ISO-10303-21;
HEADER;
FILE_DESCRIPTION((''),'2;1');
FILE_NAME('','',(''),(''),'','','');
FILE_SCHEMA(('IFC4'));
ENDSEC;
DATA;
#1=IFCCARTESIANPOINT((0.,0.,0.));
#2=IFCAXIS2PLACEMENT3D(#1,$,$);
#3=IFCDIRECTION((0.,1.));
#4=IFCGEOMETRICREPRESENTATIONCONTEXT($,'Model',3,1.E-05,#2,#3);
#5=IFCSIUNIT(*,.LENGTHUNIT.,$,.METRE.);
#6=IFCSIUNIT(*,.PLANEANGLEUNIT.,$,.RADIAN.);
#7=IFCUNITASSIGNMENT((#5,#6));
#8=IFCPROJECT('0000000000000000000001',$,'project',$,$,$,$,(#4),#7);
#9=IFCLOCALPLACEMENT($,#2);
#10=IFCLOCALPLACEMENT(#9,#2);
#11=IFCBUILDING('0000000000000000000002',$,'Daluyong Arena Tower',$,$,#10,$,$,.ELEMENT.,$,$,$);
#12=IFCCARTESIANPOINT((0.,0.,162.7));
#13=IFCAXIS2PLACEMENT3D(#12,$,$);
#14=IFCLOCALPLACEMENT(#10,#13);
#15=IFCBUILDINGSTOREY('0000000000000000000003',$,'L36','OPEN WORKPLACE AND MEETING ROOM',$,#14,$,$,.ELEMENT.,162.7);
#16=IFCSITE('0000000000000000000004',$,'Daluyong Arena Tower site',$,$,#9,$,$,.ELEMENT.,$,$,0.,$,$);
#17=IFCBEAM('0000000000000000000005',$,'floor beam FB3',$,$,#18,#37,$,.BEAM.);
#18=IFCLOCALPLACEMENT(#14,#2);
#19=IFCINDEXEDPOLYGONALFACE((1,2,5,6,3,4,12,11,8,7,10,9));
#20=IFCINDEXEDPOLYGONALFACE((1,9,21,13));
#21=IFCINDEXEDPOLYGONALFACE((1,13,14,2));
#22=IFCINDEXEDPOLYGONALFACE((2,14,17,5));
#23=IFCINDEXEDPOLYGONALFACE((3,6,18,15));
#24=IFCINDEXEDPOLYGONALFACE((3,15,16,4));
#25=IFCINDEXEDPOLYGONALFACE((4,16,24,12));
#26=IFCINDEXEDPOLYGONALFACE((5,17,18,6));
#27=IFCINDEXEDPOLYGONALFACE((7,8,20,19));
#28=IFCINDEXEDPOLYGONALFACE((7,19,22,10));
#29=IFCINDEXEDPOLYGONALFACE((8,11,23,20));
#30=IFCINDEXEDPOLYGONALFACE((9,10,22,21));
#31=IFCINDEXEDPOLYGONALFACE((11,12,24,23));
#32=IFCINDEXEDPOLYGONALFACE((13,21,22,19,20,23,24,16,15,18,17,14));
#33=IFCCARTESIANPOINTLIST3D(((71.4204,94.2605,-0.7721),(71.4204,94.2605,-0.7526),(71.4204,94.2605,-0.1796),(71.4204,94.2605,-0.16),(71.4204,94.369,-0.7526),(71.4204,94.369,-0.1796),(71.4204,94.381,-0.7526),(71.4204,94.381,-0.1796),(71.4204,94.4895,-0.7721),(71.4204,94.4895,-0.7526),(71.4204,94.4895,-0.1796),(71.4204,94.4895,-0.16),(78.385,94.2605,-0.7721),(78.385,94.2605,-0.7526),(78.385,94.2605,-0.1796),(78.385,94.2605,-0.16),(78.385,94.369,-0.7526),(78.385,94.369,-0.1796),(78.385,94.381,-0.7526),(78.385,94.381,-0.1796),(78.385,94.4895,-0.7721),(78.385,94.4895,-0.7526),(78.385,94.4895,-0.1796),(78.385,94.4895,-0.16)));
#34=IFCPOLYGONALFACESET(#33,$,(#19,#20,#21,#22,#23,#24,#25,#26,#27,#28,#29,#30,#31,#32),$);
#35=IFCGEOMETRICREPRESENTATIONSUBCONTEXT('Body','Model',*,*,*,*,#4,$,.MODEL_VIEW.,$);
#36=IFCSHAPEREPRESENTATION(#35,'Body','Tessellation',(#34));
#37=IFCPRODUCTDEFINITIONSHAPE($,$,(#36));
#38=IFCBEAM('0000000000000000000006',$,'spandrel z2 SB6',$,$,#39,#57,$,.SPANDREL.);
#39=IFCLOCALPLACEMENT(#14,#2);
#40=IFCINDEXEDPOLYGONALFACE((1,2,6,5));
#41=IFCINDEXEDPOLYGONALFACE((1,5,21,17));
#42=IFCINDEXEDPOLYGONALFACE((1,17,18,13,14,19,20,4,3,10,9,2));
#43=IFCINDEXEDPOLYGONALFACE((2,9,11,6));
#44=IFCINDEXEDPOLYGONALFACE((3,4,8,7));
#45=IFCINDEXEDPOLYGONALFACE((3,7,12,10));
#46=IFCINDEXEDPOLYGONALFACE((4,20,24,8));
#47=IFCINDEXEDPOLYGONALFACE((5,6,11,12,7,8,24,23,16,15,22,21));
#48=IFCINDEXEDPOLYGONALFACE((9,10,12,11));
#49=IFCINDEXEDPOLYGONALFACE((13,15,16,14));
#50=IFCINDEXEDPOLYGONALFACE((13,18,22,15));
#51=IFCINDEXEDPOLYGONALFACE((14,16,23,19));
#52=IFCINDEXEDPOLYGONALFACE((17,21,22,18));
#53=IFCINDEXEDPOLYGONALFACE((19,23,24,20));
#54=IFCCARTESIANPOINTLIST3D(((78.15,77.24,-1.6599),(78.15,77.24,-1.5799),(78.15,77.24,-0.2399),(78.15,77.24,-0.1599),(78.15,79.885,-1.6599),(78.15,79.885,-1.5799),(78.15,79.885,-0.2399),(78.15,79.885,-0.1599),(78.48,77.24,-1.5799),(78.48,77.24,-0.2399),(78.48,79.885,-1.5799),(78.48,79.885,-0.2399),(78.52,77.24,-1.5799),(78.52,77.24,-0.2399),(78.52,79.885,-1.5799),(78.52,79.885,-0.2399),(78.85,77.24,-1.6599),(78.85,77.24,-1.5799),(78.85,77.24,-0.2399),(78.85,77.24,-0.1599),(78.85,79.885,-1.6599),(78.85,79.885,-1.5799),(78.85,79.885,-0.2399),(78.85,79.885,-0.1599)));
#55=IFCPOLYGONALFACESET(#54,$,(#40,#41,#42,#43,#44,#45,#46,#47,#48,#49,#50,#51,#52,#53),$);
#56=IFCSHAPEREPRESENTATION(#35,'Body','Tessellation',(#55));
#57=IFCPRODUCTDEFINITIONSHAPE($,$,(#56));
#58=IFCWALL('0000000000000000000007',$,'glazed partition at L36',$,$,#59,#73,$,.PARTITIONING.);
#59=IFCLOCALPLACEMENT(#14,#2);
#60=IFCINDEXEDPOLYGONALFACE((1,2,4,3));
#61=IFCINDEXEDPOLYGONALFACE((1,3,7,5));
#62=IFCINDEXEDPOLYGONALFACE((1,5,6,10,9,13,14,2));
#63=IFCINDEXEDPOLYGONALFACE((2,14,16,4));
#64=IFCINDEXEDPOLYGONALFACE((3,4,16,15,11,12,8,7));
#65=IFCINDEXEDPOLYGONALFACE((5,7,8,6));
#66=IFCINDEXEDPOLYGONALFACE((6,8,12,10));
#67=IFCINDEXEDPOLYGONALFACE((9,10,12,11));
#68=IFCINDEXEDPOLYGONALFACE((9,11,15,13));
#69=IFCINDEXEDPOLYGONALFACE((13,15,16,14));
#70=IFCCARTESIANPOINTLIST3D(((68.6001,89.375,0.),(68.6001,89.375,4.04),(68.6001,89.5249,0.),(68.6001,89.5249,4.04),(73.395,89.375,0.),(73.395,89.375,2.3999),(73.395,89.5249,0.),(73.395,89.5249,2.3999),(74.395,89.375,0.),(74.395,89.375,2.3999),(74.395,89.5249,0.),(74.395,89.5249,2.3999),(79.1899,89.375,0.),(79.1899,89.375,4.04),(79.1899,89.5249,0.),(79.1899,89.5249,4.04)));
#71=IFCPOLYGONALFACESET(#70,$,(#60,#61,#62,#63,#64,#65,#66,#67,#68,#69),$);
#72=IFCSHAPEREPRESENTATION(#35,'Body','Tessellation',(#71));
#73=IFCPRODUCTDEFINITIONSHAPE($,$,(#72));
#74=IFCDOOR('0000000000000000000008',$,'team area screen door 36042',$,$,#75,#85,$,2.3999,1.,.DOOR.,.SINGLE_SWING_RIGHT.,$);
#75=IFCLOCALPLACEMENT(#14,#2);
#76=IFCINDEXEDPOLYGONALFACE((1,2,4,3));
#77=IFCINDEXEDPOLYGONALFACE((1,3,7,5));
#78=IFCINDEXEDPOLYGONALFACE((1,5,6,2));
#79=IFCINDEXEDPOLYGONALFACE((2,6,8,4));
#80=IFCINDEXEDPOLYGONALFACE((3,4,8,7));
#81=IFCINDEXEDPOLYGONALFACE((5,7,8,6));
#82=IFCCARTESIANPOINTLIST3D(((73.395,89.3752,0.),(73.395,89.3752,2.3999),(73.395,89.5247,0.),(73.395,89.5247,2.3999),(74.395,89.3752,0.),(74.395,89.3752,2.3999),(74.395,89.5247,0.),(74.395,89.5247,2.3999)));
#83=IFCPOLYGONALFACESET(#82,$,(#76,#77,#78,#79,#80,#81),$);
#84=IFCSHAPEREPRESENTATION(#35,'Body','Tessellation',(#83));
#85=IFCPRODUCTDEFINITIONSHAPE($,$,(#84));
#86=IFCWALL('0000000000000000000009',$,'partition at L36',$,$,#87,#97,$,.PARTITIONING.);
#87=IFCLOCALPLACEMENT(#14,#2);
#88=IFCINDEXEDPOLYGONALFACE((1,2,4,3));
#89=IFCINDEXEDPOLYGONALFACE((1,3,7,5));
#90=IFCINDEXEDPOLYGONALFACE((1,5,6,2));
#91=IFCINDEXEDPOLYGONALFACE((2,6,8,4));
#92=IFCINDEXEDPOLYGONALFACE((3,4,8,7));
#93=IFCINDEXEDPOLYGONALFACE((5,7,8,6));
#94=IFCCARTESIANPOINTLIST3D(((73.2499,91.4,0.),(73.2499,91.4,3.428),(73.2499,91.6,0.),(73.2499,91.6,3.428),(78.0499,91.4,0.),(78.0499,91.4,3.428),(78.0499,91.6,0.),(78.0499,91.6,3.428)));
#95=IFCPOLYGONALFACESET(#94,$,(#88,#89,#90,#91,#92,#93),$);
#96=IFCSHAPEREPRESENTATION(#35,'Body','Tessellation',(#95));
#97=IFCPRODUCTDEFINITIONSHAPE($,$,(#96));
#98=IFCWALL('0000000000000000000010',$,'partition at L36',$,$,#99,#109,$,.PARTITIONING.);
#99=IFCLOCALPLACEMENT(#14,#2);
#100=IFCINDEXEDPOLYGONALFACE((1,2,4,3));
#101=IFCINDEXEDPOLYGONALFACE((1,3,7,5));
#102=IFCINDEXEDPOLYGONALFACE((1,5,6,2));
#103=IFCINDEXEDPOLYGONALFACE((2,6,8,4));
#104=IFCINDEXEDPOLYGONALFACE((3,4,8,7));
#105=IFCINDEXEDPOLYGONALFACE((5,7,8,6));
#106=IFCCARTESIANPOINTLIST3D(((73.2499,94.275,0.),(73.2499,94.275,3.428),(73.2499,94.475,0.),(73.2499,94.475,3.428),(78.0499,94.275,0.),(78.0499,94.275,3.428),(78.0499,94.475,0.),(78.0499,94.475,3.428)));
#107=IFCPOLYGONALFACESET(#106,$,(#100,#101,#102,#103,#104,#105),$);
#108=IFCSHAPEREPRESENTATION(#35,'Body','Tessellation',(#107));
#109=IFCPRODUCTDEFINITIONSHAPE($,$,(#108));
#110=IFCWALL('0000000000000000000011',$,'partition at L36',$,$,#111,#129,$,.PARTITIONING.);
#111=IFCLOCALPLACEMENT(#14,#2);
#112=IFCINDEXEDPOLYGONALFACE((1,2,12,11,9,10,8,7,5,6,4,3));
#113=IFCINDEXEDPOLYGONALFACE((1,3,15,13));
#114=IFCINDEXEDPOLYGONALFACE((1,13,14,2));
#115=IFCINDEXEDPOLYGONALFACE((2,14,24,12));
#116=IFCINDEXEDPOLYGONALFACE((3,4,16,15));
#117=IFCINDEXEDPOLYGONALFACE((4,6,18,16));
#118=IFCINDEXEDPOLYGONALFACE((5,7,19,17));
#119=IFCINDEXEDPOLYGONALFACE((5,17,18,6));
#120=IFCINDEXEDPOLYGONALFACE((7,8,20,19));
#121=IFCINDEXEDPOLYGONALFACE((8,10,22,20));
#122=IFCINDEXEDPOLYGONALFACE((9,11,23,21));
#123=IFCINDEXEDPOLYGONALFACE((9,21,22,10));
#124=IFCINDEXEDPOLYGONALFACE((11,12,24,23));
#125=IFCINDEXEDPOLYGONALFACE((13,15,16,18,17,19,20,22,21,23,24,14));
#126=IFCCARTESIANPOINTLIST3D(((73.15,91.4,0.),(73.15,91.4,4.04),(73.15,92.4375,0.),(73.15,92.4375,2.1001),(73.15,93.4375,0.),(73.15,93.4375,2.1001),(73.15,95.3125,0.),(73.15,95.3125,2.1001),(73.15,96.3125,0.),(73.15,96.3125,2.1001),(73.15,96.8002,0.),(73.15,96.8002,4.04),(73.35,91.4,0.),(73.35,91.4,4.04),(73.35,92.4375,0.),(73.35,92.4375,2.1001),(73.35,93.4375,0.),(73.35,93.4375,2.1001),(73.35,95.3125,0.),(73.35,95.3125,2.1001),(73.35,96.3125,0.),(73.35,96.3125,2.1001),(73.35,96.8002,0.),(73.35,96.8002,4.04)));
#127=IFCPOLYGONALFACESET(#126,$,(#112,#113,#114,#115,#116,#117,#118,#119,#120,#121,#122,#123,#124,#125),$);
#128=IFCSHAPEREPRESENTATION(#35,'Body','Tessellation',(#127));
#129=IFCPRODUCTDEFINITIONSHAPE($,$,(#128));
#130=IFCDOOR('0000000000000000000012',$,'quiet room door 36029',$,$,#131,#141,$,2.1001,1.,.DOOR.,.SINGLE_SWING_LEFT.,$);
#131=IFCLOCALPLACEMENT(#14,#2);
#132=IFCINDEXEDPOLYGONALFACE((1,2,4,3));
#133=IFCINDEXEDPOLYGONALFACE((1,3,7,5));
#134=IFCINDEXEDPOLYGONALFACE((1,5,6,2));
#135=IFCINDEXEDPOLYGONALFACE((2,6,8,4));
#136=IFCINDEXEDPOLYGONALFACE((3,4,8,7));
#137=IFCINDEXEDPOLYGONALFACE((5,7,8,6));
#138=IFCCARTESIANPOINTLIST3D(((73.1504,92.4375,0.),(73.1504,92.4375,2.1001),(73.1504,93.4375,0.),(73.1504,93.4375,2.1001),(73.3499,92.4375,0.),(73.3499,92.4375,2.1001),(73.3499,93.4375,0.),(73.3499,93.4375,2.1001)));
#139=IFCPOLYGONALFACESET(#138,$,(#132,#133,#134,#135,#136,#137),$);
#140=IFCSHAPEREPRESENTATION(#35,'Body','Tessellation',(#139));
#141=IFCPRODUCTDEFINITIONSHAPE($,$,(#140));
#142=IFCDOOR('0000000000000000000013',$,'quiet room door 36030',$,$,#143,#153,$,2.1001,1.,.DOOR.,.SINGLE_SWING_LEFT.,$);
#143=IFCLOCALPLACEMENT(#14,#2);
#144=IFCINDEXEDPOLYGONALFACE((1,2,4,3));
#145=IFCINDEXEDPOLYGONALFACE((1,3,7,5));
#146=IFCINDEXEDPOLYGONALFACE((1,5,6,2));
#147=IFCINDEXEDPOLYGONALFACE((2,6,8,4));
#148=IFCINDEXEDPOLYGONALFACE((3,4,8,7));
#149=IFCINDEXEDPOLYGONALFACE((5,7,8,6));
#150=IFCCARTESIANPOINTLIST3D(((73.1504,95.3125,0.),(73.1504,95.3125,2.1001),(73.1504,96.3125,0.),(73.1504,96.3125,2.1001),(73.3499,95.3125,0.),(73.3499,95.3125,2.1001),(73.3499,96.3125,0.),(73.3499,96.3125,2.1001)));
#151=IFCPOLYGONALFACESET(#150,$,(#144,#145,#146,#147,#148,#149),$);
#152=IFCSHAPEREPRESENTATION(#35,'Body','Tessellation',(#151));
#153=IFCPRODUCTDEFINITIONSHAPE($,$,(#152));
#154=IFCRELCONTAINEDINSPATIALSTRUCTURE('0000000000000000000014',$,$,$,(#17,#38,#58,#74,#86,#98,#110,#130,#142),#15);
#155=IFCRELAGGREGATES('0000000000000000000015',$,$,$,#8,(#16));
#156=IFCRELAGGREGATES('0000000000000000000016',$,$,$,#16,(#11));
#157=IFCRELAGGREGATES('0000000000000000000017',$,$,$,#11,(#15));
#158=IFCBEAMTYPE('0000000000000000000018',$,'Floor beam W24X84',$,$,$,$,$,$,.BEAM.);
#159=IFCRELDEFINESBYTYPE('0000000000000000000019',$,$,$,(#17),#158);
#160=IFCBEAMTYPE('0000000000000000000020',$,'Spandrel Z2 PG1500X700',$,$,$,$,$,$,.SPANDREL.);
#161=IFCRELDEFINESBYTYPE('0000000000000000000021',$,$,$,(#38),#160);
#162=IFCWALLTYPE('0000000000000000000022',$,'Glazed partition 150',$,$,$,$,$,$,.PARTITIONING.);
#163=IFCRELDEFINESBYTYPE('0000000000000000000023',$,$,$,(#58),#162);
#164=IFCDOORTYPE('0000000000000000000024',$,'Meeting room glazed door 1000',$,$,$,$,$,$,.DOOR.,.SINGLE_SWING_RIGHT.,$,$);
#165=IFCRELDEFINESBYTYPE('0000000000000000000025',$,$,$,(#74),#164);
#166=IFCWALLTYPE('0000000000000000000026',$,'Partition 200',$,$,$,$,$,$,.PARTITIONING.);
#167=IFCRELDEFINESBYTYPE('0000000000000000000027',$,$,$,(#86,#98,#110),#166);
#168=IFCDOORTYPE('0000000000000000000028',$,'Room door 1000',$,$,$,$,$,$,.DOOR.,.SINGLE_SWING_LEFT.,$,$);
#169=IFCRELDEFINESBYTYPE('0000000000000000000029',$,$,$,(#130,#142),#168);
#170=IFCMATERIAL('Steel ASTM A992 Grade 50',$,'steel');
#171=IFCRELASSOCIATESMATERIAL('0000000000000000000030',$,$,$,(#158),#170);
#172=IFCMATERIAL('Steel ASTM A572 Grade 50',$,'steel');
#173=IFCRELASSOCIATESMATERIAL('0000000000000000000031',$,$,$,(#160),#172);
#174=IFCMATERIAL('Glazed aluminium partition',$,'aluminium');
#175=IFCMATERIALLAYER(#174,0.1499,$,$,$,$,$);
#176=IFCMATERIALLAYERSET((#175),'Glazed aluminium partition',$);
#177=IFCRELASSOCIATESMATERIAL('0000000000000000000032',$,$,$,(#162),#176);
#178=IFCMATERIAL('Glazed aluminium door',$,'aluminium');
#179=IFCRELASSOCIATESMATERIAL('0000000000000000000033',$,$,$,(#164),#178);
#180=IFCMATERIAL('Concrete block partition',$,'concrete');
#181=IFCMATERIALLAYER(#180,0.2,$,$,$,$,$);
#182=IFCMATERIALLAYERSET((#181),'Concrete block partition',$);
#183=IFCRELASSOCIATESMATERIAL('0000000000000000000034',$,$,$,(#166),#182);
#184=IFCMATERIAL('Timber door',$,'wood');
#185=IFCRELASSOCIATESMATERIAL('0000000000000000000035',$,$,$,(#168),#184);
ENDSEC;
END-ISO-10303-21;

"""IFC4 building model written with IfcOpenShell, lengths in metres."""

from ifc_helpers import new_model, si_unit, direction, frame, frame_2d, origin, origin_2d, place, context, subcontext, project, spatial, rectangle, i_section, extrude, material, layer, layer_set, material_profile, profile_set, type_object, element, fill, save


model = new_model("IFC4")

# Units and contexts
model_context = context("Model", 3, precision=1e-05, world=origin(), true_north=direction((0.0, 1.0)))
body_context = subcontext(model_context, "Body", "Model", "MODEL_VIEW")
ifc_project = project(units=[si_unit("LENGTHUNIT", "METRE"), si_unit("PLANEANGLEUNIT", "RADIAN")], contexts=[model_context])

# Site, building, storey
site_placement = place(None, origin())
site = spatial("IfcSite", under=ifc_project, at=site_placement, Name="Daluyong Arena Tower site", CompositionType="ELEMENT", RefElevation=0.0)
building_placement = place(site_placement, origin())
building = spatial("IfcBuilding", under=site, at=building_placement, Name="Daluyong Arena Tower", CompositionType="ELEMENT")
storey_placement = place(building_placement, frame((0.0, 0.0, 162.7)))
storey = spatial("IfcBuildingStorey", under=building, at=storey_placement, Name="L36", Description="OPEN WORKPLACE AND MEETING ROOM", CompositionType="ELEMENT", Elevation=162.7)

# Beams
ifc_material_1 = material(Name="Steel ASTM A992 Grade 50", Category="steel")
ifc_material_profile_1 = material_profile(ifc_material_1, i_section(OverallWidth=0.229, OverallDepth=0.6121, WebThickness=0.012, FlangeThickness=0.0195, at=origin_2d()))
ifc_profile_set_1 = profile_set([ifc_material_profile_1], Name="Steel ASTM A992 Grade 50")
beam_type_1 = type_object("IfcBeamType", Name="Floor beam W24X84", PredefinedType="BEAM", material=ifc_profile_set_1)
beam_1_placement = place(storey_placement, frame((78.385, 94.375, -0.4661), z_axis=(-1.0, 0.0, 0.0), x_axis=(0.0, -1.0, 0.0)))
element("IfcBeam", 1, at=beam_1_placement, inside=storey, type_object=beam_type_1, Name="floor beam FB3", PredefinedType="BEAM", context=body_context, shape_type="SweptSolid", body=[
    extrude(i_section(OverallWidth=0.229, OverallDepth=0.6121, WebThickness=0.012, FlangeThickness=0.0195, at=origin_2d()), origin(), (0.0, 0.0, 1.0), 6.9646),
])
ifc_material_2 = material(Name="Steel ASTM A572 Grade 50", Category="steel")
ifc_material_profile_2 = material_profile(ifc_material_2, i_section(OverallWidth=0.7, OverallDepth=1.5, WebThickness=0.04, FlangeThickness=0.08, at=origin_2d()))
ifc_profile_set_2 = profile_set([ifc_material_profile_2], Name="Steel ASTM A572 Grade 50")
beam_type_2 = type_object("IfcBeamType", Name="Spandrel Z2 PG1500X700", PredefinedType="SPANDREL", material=ifc_profile_set_2)
beam_2_placement = place(storey_placement, frame((78.5, 77.24, -0.9099), z_axis=(0.0, 1.0, 0.0), x_axis=(-1.0, 0.0, 0.0)))
element("IfcBeam", 2, at=beam_2_placement, inside=storey, type_object=beam_type_2, Name="spandrel z2 SB6", PredefinedType="SPANDREL", context=body_context, shape_type="SweptSolid", body=[
    extrude(i_section(OverallWidth=0.7, OverallDepth=1.5, WebThickness=0.04, FlangeThickness=0.08, at=origin_2d()), origin(), (0.0, 0.0, 1.0), 2.645),
])

# Wall, opening, door
ifc_material_3 = material(Name="Glazed aluminium partition", Category="aluminium")
ifc_layer_1 = layer(ifc_material_3, 0.1499)
ifc_layer_set_1 = layer_set([ifc_layer_1], Name="Glazed aluminium partition")
wall_type_1 = type_object("IfcWallType", Name="Glazed partition 150", PredefinedType="PARTITIONING", material=ifc_layer_set_1)
wall_1_placement = place(storey_placement, frame((68.6001, 89.45, 0.0), z_axis=(0.0, 0.0, 1.0), x_axis=(1.0, 0.0, 0.0)))
wall_1 = element("IfcWall", 3, at=wall_1_placement, inside=storey, type_object=wall_type_1, Name="glazed partition at L36", PredefinedType="PARTITIONING", context=body_context, shape_type="SweptSolid", body=[
    extrude(rectangle(XDim=10.5898, YDim=0.1499, at=frame_2d((5.2949, 0.0))), origin(), (0.0, 0.0, 1.0), 4.04),
])
opening_1_placement = place(wall_1_placement, frame((4.7949, 0.0, 0.0)))
opening_1 = element("IfcOpeningElement", 4, at=opening_1_placement, cuts=wall_1, PredefinedType="OPENING", context=body_context, shape_type="SweptSolid", body=[
    extrude(rectangle(XDim=1.0, YDim=2.3999, at=frame_2d((0.5, 1.2))), frame((0.0, 0.085, 0.0), z_axis=(0.0, -1.0, 0.0), x_axis=(1.0, 0.0, 0.0)), (0.0, 0.0, 1.0), 0.1699),
])
ifc_material_4 = material(Name="Glazed aluminium door", Category="aluminium")
door_type_1 = type_object("IfcDoorType", Name="Meeting room glazed door 1000", OperationType="SINGLE_SWING_RIGHT", PredefinedType="DOOR", material=ifc_material_4)
door_1_placement = place(opening_1_placement, origin())
door_1 = element("IfcDoor", 5, at=door_1_placement, inside=storey, type_object=door_type_1, Name="team area screen door 36042", OperationType="SINGLE_SWING_RIGHT", OverallHeight=2.3999, OverallWidth=1.0, PredefinedType="DOOR", context=body_context, shape_type="SweptSolid", body=[
    extrude(rectangle(XDim=1.0, YDim=2.3999, at=frame_2d((0.5, 1.2))), frame((0.0, 0.0747, 0.0), z_axis=(0.0, -1.0, 0.0), x_axis=(1.0, 0.0, 0.0)), (0.0, 0.0, 1.0), 0.1494),
])
fill(opening_1, door_1)

# Walls
ifc_material_5 = material(Name="Concrete block partition", Category="concrete")
ifc_layer_2 = layer(ifc_material_5, 0.2)
ifc_layer_set_2 = layer_set([ifc_layer_2], Name="Concrete block partition")
wall_type_2 = type_object("IfcWallType", Name="Partition 200", PredefinedType="PARTITIONING", material=ifc_layer_set_2)
for number, where, z_axis, x_axis, name in (
    (6, (73.25, 91.5, 0.0), (0.0, 0.0, 1.0), (1.0, 0.0, 0.0), "partition at L36"),
    (7, (73.25, 94.375, 0.0), (0.0, 0.0, 1.0), (1.0, 0.0, 0.0), "partition at L36"),
):
    element("IfcWall", number, at=place(storey_placement, frame(where, z_axis=z_axis, x_axis=x_axis)), inside=storey, type_object=wall_type_2, Name=name, PredefinedType="PARTITIONING", context=body_context, shape_type="SweptSolid", body=[
        extrude(rectangle(XDim=4.8, YDim=0.2, at=frame_2d((2.3999, 0.0))), origin(), (0.0, 0.0, 1.0), 3.428),
    ])

# Wall, openings, doors
wall_2_placement = place(storey_placement, frame((73.25, 91.3999, 0.0), z_axis=(0.0, 0.0, 1.0), x_axis=(0.0, 1.0, 0.0)))
wall_2 = element("IfcWall", 8, at=wall_2_placement, inside=storey, type_object=wall_type_2, Name="partition at L36", PredefinedType="PARTITIONING", context=body_context, shape_type="SweptSolid", body=[
    extrude(rectangle(XDim=5.4001, YDim=0.2, at=frame_2d((2.7002, 0.0))), origin(), (0.0, 0.0, 1.0), 4.04),
])
opening_2_placement = place(wall_2_placement, frame((1.0376, 0.0, 0.0)))
opening_2 = element("IfcOpeningElement", 9, at=opening_2_placement, cuts=wall_2, PredefinedType="OPENING", context=body_context, shape_type="SweptSolid", body=[
    extrude(rectangle(XDim=1.0, YDim=2.1001, at=frame_2d((0.5, 1.05))), frame((0.0, 0.1099, 0.0), z_axis=(0.0, -1.0, 0.0), x_axis=(1.0, 0.0, 0.0)), (0.0, 0.0, 1.0), 0.22),
])
opening_3_placement = place(wall_2_placement, frame((3.9126, 0.0, 0.0)))
opening_3 = element("IfcOpeningElement", 10, at=opening_3_placement, cuts=wall_2, PredefinedType="OPENING", context=body_context, shape_type="SweptSolid", body=[
    extrude(rectangle(XDim=1.0, YDim=2.1001, at=frame_2d((0.5, 1.05))), frame((0.0, 0.1099, 0.0), z_axis=(0.0, -1.0, 0.0), x_axis=(1.0, 0.0, 0.0)), (0.0, 0.0, 1.0), 0.22),
])
ifc_material_6 = material(Name="Timber door", Category="wood")
door_type_2 = type_object("IfcDoorType", Name="Room door 1000", OperationType="SINGLE_SWING_LEFT", PredefinedType="DOOR", material=ifc_material_6)
door_2_placement = place(opening_2_placement, origin())
door_2 = element("IfcDoor", 11, at=door_2_placement, inside=storey, type_object=door_type_2, Name="quiet room door 36029", OperationType="SINGLE_SWING_LEFT", OverallHeight=2.1001, OverallWidth=1.0, PredefinedType="DOOR", context=body_context, shape_type="SweptSolid", body=[
    extrude(rectangle(XDim=1.0, YDim=2.1001, at=frame_2d((0.5, 1.05))), frame((0.0, 0.0996, 0.0), z_axis=(0.0, -1.0, 0.0), x_axis=(1.0, 0.0, 0.0)), (0.0, 0.0, 1.0), 0.1995),
])
fill(opening_2, door_2)
door_3_placement = place(opening_3_placement, origin())
door_3 = element("IfcDoor", 12, at=door_3_placement, inside=storey, type_object=door_type_2, Name="quiet room door 36030", OperationType="SINGLE_SWING_LEFT", OverallHeight=2.1001, OverallWidth=1.0, PredefinedType="DOOR", context=body_context, shape_type="SweptSolid", body=[
    extrude(rectangle(XDim=1.0, YDim=2.1001, at=frame_2d((0.5, 1.05))), frame((0.0, 0.0996, 0.0), z_axis=(0.0, -1.0, 0.0), x_axis=(1.0, 0.0, 0.0)), (0.0, 0.0, 1.0), 0.1995),
])
fill(opening_3, door_3)

save(model, "model.ifc")
